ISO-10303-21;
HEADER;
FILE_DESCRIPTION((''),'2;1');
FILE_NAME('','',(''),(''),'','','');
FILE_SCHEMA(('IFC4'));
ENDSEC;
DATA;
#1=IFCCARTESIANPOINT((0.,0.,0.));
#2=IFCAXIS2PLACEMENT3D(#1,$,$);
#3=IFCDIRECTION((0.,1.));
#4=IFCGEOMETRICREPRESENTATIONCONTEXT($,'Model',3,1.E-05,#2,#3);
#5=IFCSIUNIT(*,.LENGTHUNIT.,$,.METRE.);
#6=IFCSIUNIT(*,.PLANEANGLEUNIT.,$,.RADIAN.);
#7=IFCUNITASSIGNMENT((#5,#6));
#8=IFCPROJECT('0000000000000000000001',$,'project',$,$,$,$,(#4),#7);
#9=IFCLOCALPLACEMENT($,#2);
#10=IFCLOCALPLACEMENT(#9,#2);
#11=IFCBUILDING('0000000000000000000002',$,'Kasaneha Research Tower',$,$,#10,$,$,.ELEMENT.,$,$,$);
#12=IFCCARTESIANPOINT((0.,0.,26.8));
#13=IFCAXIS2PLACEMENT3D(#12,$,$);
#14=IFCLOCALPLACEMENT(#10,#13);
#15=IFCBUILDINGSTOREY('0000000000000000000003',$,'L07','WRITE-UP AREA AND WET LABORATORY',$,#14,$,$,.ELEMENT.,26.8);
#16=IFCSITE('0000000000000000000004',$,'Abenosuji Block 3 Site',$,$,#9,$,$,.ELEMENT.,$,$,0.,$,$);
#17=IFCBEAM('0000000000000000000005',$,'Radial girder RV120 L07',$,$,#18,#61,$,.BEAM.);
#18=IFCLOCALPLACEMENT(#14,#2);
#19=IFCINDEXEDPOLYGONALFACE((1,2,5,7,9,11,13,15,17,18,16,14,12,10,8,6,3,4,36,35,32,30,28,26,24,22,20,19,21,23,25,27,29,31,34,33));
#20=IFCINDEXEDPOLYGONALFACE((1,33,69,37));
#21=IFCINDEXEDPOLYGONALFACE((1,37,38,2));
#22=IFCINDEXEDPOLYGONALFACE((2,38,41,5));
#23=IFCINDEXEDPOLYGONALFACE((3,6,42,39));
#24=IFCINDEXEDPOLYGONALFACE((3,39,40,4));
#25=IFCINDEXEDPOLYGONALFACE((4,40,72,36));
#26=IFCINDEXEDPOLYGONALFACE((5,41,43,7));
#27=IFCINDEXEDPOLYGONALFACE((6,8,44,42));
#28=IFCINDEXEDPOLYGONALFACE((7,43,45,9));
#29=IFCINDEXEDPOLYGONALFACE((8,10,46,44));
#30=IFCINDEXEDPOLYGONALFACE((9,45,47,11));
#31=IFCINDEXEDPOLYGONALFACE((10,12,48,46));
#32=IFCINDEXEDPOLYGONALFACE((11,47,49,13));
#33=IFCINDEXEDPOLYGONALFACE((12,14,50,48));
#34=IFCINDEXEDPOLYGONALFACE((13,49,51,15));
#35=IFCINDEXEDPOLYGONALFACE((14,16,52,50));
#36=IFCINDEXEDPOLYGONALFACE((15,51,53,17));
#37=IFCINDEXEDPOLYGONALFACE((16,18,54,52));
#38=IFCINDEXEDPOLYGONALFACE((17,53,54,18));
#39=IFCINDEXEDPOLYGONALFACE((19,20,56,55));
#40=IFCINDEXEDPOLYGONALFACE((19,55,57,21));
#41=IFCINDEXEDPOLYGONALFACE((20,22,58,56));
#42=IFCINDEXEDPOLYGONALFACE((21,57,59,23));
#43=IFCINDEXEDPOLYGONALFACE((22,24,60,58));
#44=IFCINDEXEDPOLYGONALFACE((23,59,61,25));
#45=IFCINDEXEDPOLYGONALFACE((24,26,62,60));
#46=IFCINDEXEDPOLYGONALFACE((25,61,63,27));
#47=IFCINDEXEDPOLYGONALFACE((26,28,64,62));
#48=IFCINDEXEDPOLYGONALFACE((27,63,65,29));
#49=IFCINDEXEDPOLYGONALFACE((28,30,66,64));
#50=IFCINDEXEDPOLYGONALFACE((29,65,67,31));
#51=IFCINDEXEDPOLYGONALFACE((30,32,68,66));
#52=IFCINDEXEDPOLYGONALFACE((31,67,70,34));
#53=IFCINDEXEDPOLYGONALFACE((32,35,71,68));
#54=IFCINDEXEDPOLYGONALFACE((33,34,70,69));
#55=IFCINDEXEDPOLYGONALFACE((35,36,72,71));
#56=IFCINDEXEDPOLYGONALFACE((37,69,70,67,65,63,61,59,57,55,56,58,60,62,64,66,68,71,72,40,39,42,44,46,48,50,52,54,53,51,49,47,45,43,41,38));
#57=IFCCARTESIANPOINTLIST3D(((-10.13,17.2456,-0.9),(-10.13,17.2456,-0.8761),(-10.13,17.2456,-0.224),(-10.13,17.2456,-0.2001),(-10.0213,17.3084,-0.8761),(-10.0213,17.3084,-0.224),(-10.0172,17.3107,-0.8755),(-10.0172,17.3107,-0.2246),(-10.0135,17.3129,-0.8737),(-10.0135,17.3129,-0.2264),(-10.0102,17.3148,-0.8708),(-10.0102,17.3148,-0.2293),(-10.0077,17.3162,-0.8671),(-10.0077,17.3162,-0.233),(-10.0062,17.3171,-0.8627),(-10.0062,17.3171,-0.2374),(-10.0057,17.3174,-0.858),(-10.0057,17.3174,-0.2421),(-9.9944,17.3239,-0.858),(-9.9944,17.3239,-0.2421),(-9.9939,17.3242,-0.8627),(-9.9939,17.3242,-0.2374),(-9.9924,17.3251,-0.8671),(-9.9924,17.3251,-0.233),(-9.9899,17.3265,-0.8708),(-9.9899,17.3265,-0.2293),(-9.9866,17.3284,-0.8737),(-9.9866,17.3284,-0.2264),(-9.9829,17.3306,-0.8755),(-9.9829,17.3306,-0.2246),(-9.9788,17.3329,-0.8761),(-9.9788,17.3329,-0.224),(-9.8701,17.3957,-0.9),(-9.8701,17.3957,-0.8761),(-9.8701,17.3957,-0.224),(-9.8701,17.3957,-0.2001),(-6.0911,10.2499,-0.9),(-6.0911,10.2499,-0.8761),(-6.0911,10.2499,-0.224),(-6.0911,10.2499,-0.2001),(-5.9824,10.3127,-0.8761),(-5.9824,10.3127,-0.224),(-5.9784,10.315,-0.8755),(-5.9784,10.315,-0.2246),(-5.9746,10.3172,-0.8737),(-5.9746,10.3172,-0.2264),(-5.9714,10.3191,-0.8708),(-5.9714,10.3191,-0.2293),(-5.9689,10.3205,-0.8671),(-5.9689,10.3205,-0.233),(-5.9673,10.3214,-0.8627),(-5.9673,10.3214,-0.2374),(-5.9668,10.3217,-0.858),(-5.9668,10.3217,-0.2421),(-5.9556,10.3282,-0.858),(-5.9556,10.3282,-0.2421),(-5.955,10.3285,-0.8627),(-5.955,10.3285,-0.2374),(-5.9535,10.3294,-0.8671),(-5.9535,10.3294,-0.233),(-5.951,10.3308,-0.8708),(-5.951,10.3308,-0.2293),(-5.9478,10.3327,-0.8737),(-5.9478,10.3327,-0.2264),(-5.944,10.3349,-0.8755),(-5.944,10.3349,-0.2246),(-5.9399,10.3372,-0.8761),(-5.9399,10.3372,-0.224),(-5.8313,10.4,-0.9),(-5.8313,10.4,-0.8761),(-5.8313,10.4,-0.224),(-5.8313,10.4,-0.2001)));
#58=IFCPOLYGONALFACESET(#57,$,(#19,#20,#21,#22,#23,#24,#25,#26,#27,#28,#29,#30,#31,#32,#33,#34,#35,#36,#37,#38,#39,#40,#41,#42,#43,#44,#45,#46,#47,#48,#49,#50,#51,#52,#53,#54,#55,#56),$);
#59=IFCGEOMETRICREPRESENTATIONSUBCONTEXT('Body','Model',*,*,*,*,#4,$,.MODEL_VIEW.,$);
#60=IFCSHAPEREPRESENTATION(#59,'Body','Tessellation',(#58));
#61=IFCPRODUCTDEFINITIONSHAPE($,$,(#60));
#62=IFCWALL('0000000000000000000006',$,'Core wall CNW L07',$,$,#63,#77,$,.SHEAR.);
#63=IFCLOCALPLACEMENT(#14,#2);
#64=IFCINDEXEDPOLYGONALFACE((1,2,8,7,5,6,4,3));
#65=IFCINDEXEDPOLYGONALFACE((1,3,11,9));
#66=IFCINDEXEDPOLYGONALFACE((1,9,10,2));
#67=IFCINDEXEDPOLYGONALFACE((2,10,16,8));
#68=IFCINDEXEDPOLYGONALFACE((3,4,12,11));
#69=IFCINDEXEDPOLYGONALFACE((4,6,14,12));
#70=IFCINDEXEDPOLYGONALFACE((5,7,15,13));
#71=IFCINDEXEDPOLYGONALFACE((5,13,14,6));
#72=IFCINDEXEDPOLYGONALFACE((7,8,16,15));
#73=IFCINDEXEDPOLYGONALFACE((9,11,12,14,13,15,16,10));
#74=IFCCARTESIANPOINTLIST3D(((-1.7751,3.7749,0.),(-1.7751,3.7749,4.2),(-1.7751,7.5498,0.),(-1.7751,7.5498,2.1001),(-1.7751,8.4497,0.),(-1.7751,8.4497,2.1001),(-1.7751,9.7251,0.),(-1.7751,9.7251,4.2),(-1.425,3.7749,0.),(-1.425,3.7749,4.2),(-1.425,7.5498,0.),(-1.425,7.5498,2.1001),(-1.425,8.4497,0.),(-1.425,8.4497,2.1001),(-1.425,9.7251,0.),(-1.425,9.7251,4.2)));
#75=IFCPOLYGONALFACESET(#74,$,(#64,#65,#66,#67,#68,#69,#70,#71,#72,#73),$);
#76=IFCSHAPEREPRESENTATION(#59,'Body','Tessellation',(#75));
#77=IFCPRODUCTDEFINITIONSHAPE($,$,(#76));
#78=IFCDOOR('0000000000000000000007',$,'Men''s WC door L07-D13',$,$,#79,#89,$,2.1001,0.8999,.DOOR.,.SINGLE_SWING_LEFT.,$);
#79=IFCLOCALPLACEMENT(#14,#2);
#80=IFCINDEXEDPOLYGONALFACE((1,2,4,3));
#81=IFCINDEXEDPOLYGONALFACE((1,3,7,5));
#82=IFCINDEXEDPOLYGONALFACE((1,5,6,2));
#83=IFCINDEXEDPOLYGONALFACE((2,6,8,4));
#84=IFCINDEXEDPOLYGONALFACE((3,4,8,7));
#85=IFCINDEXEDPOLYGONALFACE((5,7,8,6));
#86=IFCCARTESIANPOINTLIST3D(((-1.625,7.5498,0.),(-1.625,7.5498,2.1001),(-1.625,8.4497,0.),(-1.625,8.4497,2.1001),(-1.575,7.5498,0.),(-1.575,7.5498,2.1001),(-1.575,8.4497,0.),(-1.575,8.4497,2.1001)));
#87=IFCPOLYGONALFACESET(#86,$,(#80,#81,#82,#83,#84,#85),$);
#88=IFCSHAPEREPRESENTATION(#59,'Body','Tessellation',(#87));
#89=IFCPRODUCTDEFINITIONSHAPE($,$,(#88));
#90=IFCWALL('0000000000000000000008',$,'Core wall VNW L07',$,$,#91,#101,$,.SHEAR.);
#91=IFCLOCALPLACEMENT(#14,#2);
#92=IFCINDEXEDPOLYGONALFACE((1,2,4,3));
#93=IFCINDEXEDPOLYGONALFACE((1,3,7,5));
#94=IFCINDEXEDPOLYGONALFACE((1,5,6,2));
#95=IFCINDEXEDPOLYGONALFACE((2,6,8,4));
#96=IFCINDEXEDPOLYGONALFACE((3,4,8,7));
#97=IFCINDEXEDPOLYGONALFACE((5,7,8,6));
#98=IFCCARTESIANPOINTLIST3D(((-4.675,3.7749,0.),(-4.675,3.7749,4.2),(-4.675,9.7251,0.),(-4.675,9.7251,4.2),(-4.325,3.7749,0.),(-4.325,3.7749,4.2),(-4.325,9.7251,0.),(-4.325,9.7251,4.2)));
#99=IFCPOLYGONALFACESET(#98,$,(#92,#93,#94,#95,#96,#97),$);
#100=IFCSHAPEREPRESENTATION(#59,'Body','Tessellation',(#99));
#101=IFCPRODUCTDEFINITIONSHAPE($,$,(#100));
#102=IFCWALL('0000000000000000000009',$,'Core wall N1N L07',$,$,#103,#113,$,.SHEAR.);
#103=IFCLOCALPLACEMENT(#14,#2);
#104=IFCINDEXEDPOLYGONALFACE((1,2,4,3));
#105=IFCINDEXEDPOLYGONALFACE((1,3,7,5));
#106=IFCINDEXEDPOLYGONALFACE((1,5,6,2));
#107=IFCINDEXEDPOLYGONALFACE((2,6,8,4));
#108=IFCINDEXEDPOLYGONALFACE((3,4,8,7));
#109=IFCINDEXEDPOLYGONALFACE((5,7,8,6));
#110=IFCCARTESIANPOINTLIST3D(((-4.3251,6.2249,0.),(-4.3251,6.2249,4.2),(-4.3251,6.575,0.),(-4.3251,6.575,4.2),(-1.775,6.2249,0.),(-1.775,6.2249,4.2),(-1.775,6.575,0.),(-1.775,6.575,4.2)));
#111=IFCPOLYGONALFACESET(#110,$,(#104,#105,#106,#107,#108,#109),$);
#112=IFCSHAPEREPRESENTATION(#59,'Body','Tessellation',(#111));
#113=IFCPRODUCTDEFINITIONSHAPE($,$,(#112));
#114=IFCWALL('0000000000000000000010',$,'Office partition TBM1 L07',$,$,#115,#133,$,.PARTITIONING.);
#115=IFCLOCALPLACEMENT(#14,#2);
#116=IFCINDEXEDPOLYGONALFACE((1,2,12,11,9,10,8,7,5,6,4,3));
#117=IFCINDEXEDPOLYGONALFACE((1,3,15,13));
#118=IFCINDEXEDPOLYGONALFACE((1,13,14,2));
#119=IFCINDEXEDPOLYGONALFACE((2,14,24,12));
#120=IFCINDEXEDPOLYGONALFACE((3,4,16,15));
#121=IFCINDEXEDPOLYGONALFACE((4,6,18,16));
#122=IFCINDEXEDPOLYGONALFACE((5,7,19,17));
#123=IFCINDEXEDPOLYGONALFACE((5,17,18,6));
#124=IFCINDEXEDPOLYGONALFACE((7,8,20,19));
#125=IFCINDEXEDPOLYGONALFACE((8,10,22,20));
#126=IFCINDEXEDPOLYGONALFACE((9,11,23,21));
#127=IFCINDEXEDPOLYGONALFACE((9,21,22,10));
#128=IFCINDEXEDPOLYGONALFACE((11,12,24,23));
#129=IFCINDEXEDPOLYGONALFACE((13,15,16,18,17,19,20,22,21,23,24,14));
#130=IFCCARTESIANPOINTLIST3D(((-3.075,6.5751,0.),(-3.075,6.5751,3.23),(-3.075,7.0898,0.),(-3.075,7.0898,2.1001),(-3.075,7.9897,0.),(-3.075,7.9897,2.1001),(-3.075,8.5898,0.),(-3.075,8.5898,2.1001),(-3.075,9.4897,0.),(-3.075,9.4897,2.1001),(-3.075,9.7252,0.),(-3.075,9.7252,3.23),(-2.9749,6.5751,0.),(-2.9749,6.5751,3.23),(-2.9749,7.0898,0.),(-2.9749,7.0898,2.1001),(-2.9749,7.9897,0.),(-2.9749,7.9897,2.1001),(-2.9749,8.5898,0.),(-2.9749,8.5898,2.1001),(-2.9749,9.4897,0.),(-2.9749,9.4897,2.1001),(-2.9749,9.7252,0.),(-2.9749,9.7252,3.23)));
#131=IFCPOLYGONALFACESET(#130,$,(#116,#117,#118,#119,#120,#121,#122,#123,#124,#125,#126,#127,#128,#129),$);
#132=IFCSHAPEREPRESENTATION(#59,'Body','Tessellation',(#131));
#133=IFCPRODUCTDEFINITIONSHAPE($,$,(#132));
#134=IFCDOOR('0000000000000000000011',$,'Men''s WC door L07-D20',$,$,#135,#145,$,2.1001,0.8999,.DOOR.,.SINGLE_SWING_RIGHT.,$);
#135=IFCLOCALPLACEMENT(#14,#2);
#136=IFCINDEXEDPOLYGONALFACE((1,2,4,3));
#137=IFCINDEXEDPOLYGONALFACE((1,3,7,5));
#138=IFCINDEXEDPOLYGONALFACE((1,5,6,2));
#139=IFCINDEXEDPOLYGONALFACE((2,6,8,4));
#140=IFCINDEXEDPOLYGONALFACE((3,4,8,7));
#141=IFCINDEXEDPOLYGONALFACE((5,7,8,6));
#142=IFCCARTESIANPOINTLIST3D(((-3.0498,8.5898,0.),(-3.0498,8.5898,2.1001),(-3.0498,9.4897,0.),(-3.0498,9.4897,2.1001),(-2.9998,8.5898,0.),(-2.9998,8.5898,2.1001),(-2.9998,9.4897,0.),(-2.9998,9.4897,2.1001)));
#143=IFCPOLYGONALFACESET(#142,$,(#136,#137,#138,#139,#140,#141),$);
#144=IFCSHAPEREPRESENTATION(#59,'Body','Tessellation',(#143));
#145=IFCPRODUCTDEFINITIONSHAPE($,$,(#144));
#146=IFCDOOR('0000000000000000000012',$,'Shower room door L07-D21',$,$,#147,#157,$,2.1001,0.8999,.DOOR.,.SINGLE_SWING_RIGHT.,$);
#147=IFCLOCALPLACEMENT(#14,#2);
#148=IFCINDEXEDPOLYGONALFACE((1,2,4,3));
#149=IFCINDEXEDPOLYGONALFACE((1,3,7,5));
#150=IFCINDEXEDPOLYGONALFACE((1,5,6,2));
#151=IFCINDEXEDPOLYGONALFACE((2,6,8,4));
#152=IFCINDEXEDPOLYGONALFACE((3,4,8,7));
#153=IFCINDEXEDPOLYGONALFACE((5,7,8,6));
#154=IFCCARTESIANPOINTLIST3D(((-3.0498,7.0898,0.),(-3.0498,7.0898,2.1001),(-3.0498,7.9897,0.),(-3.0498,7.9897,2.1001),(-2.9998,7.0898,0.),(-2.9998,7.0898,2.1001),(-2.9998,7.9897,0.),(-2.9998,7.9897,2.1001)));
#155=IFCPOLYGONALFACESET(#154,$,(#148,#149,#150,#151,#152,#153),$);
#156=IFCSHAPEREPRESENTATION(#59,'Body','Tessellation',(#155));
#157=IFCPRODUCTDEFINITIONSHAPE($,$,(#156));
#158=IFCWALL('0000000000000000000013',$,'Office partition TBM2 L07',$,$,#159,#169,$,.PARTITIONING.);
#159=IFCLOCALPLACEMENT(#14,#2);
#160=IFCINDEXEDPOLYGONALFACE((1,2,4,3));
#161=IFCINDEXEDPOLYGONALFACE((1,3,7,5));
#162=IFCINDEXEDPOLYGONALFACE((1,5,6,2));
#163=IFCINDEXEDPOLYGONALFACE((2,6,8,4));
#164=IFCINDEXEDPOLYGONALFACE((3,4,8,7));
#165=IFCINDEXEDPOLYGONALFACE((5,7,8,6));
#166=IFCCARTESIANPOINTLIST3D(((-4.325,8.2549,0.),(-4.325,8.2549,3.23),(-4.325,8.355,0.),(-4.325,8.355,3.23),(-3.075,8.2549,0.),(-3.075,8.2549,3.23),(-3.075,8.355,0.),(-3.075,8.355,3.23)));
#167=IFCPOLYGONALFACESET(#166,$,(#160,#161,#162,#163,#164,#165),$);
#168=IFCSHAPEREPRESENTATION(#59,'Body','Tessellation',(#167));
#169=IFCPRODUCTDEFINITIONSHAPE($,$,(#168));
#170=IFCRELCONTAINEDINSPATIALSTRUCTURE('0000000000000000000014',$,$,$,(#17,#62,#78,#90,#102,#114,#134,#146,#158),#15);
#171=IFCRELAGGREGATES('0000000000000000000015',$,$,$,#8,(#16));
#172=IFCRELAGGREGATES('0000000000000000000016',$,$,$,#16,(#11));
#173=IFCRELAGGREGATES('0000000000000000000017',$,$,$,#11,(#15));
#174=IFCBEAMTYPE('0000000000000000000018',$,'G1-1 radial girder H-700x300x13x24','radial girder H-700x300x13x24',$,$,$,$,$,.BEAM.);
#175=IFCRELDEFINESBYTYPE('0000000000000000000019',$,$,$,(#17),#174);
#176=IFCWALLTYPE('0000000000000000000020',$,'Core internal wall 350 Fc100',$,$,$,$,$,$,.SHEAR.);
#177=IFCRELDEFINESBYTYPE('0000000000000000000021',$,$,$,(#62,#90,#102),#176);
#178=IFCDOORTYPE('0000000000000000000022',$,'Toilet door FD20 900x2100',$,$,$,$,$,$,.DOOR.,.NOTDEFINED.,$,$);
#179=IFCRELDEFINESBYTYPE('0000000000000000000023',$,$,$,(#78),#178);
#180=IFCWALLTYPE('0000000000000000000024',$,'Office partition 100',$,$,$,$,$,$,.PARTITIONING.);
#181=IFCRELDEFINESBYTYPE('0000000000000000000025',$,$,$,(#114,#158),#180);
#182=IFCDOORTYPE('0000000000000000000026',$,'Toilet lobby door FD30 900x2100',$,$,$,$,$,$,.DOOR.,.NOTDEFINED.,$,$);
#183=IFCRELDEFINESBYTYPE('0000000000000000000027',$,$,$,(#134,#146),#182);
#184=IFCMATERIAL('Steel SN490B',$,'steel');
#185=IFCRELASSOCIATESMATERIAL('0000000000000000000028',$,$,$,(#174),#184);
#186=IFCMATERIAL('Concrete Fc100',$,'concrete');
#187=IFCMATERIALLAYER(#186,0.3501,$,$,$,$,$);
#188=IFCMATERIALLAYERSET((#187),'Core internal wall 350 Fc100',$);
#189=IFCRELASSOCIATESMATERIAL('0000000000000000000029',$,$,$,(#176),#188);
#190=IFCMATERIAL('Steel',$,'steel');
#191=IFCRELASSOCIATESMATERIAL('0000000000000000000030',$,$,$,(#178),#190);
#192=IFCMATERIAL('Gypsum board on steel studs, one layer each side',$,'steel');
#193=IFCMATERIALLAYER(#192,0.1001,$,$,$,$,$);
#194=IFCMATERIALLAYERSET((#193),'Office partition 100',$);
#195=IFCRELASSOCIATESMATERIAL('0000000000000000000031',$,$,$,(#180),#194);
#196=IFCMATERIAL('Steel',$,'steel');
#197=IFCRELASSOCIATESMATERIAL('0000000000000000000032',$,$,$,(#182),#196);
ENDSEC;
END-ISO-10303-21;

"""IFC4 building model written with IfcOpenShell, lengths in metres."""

from ifc_helpers import new_model, si_unit, direction, frame, frame_2d, origin, origin_2d, place, context, subcontext, project, spatial, rectangle, i_section, extrude, material, layer, layer_set, material_profile, profile_set, type_object, element, fill, save


model = new_model("IFC4")

# Units and contexts
model_context = context("Model", 3, precision=1e-05, world=origin(), true_north=direction((0.0, 1.0)))
body_context = subcontext(model_context, "Body", "Model", "MODEL_VIEW")
ifc_project = project(units=[si_unit("LENGTHUNIT", "METRE"), si_unit("PLANEANGLEUNIT", "RADIAN")], contexts=[model_context])

# Site, building, storey
site_placement = place(None, origin())
site = spatial("IfcSite", under=ifc_project, at=site_placement, Name="Abenosuji Block 3 Site", CompositionType="ELEMENT", RefElevation=0.0)
building_placement = place(site_placement, origin())
building = spatial("IfcBuilding", under=site, at=building_placement, Name="Kasaneha Research Tower", CompositionType="ELEMENT")
storey_placement = place(building_placement, frame((0.0, 0.0, 26.8)))
storey = spatial("IfcBuildingStorey", under=building, at=storey_placement, Name="L07", Description="WRITE-UP AREA AND WET LABORATORY", CompositionType="ELEMENT", Elevation=26.8)

# Beam
ifc_material_1 = material(Name="Steel SN490B", Category="steel")
ifc_material_profile = material_profile(ifc_material_1, i_section(OverallWidth=0.3, OverallDepth=0.7, WebThickness=0.0129, FlangeThickness=0.0239, FilletRadius=0.0181, at=origin_2d()), Name="H-700x300x13x24")
ifc_profile_set = profile_set([ifc_material_profile], Name="Steel SN490B")
beam_type = type_object("IfcBeamType", Name="G1-1 radial girder H-700x300x13x24", Description="radial girder H-700x300x13x24", PredefinedType="BEAM", material=ifc_profile_set)
beam_placement = place(storey_placement, frame((-5.9612, 10.325, -0.55), z_axis=(-0.499991, 0.866031, 0.0), x_axis=(-0.866031, -0.499991, 0.0)))
element("IfcBeam", 1, at=beam_placement, inside=storey, type_object=beam_type, Name="Radial girder RV120 L07", PredefinedType="BEAM", context=body_context, shape_type="SweptSolid", body=[
    extrude(i_section(OverallWidth=0.3, OverallDepth=0.7, WebThickness=0.0129, FlangeThickness=0.0239, FilletRadius=0.0181, at=origin_2d()), origin(), (0.0, 0.0, 1.0), 8.0779),
])

# Wall, opening, door
ifc_material_2 = material(Name="Concrete Fc100", Category="concrete")
ifc_layer_1 = layer(ifc_material_2, 0.3501)
ifc_layer_set_1 = layer_set([ifc_layer_1], Name="Core internal wall 350 Fc100")
wall_type_1 = type_object("IfcWallType", Name="Core internal wall 350 Fc100", PredefinedType="SHEAR", material=ifc_layer_set_1)
wall_1_placement = place(storey_placement, frame((-1.6001, 3.7749, 0.0), z_axis=(0.0, 0.0, 1.0), x_axis=(0.0, 1.0, 0.0)))
wall_1 = element("IfcWall", 2, at=wall_1_placement, inside=storey, type_object=wall_type_1, Name="Core wall CNW L07", PredefinedType="SHEAR", context=body_context, shape_type="SweptSolid", body=[
    extrude(rectangle(XDim=5.9502, YDim=0.3501, at=frame_2d((2.9751, 0.0))), origin(), (0.0, 0.0, 1.0), 4.2),
])
opening_1_placement = place(wall_1_placement, frame((3.7749, 0.0, 0.0)))
opening_1 = element("IfcOpeningElement", 3, at=opening_1_placement, cuts=wall_1, PredefinedType="OPENING", context=body_context, shape_type="SweptSolid", body=[
    extrude(rectangle(XDim=0.8999, YDim=2.1001, at=frame_2d((0.45, 1.05))), frame((0.0, 0.1851, 0.0), z_axis=(0.0, -1.0, 0.0), x_axis=(1.0, 0.0, 0.0)), (0.0, 0.0, 1.0), 0.3701),
])
ifc_material_3 = material(Name="Steel", Category="steel")
door_type_1 = type_object("IfcDoorType", Name="Toilet door FD20 900x2100", OperationType="NOTDEFINED", PredefinedType="DOOR", material=ifc_material_3)
door_1_placement = place(opening_1_placement, origin())
door_1 = element("IfcDoor", 4, at=door_1_placement, inside=storey, type_object=door_type_1, Name="Men's WC door L07-D13", OperationType="SINGLE_SWING_LEFT", OverallHeight=2.1001, OverallWidth=0.8999, PredefinedType="DOOR", context=body_context, shape_type="SweptSolid", body=[
    extrude(rectangle(XDim=0.8999, YDim=2.1001, at=frame_2d((0.45, 1.05))), frame((0.0, 0.0249, 0.0), z_axis=(0.0, -1.0, 0.0), x_axis=(1.0, 0.0, 0.0)), (0.0, 0.0, 1.0), 0.05),
])
fill(opening_1, door_1)

# Walls
wall_2_placement = place(storey_placement, frame((-4.5, 3.7749, 0.0), z_axis=(0.0, 0.0, 1.0), x_axis=(0.0, 1.0, 0.0)))
element("IfcWall", 5, at=wall_2_placement, inside=storey, type_object=wall_type_1, Name="Core wall VNW L07", PredefinedType="SHEAR", context=body_context, shape_type="SweptSolid", body=[
    extrude(rectangle(XDim=5.9502, YDim=0.3501, at=frame_2d((2.9751, 0.0))), origin(), (0.0, 0.0, 1.0), 4.2),
])
wall_3_placement = place(storey_placement, frame((-4.325, 6.3999, 0.0), z_axis=(0.0, 0.0, 1.0), x_axis=(1.0, 0.0, 0.0)))
element("IfcWall", 6, at=wall_3_placement, inside=storey, type_object=wall_type_1, Name="Core wall N1N L07", PredefinedType="SHEAR", context=body_context, shape_type="SweptSolid", body=[
    extrude(rectangle(XDim=2.55, YDim=0.3501, at=frame_2d((1.2749, 0.0))), origin(), (0.0, 0.0, 1.0), 4.2),
])

# Wall, openings, doors
ifc_material_4 = material(Name="Gypsum board on steel studs, one layer each side", Category="steel")
ifc_layer_2 = layer(ifc_material_4, 0.1001)
ifc_layer_set_2 = layer_set([ifc_layer_2], Name="Office partition 100")
wall_type_2 = type_object("IfcWallType", Name="Office partition 100", PredefinedType="PARTITIONING", material=ifc_layer_set_2)
wall_4_placement = place(storey_placement, frame((-3.0249, 6.575, 0.0), z_axis=(0.0, 0.0, 1.0), x_axis=(0.0, 1.0, 0.0)))
wall_4 = element("IfcWall", 7, at=wall_4_placement, inside=storey, type_object=wall_type_2, Name="Office partition TBM1 L07", PredefinedType="PARTITIONING", context=body_context, shape_type="SweptSolid", body=[
    extrude(rectangle(XDim=3.1501, YDim=0.1001, at=frame_2d((1.5752, 0.0))), origin(), (0.0, 0.0, 1.0), 3.23),
])
opening_2_placement = place(wall_4_placement, frame((2.0149, 0.0, 0.0)))
opening_2 = element("IfcOpeningElement", 8, at=opening_2_placement, cuts=wall_4, PredefinedType="OPENING", context=body_context, shape_type="SweptSolid", body=[
    extrude(rectangle(XDim=0.8999, YDim=2.1001, at=frame_2d((0.45, 1.05))), frame((0.0, 0.0601, 0.0), z_axis=(0.0, -1.0, 0.0), x_axis=(1.0, 0.0, 0.0)), (0.0, 0.0, 1.0), 0.1201),
])
opening_3_placement = place(wall_4_placement, frame((0.5149, 0.0, 0.0)))
opening_3 = element("IfcOpeningElement", 9, at=opening_3_placement, cuts=wall_4, PredefinedType="OPENING", context=body_context, shape_type="SweptSolid", body=[
    extrude(rectangle(XDim=0.8999, YDim=2.1001, at=frame_2d((0.45, 1.05))), frame((0.0, 0.0601, 0.0), z_axis=(0.0, -1.0, 0.0), x_axis=(1.0, 0.0, 0.0)), (0.0, 0.0, 1.0), 0.1201),
])
ifc_material_5 = material(Name="Steel", Category="steel")
door_type_2 = type_object("IfcDoorType", Name="Toilet lobby door FD30 900x2100", OperationType="NOTDEFINED", PredefinedType="DOOR", material=ifc_material_5)
door_2_placement = place(opening_2_placement, origin())
door_2 = element("IfcDoor", 10, at=door_2_placement, inside=storey, type_object=door_type_2, Name="Men's WC door L07-D20", OperationType="SINGLE_SWING_RIGHT", OverallHeight=2.1001, OverallWidth=0.8999, PredefinedType="DOOR", context=body_context, shape_type="SweptSolid", body=[
    extrude(rectangle(XDim=0.8999, YDim=2.1001, at=frame_2d((0.45, 1.05))), frame((0.0, 0.0249, 0.0), z_axis=(0.0, -1.0, 0.0), x_axis=(1.0, 0.0, 0.0)), (0.0, 0.0, 1.0), 0.05),
])
fill(opening_2, door_2)
door_3_placement = place(opening_3_placement, origin())
door_3 = element("IfcDoor", 11, at=door_3_placement, inside=storey, type_object=door_type_2, Name="Shower room door L07-D21", OperationType="SINGLE_SWING_RIGHT", OverallHeight=2.1001, OverallWidth=0.8999, PredefinedType="DOOR", context=body_context, shape_type="SweptSolid", body=[
    extrude(rectangle(XDim=0.8999, YDim=2.1001, at=frame_2d((0.45, 1.05))), frame((0.0, 0.0249, 0.0), z_axis=(0.0, -1.0, 0.0), x_axis=(1.0, 0.0, 0.0)), (0.0, 0.0, 1.0), 0.05),
])
fill(opening_3, door_3)

# Wall
wall_5_placement = place(storey_placement, frame((-3.075, 8.3049, 0.0), z_axis=(0.0, 0.0, 1.0), x_axis=(-1.0, 0.0, 0.0)))
element("IfcWall", 12, at=wall_5_placement, inside=storey, type_object=wall_type_2, Name="Office partition TBM2 L07", PredefinedType="PARTITIONING", context=body_context, shape_type="SweptSolid", body=[
    extrude(rectangle(XDim=1.25, YDim=0.1001, at=frame_2d((0.625, 0.0))), origin(), (0.0, 0.0, 1.0), 3.23),
])

save(model, "model.ifc")
